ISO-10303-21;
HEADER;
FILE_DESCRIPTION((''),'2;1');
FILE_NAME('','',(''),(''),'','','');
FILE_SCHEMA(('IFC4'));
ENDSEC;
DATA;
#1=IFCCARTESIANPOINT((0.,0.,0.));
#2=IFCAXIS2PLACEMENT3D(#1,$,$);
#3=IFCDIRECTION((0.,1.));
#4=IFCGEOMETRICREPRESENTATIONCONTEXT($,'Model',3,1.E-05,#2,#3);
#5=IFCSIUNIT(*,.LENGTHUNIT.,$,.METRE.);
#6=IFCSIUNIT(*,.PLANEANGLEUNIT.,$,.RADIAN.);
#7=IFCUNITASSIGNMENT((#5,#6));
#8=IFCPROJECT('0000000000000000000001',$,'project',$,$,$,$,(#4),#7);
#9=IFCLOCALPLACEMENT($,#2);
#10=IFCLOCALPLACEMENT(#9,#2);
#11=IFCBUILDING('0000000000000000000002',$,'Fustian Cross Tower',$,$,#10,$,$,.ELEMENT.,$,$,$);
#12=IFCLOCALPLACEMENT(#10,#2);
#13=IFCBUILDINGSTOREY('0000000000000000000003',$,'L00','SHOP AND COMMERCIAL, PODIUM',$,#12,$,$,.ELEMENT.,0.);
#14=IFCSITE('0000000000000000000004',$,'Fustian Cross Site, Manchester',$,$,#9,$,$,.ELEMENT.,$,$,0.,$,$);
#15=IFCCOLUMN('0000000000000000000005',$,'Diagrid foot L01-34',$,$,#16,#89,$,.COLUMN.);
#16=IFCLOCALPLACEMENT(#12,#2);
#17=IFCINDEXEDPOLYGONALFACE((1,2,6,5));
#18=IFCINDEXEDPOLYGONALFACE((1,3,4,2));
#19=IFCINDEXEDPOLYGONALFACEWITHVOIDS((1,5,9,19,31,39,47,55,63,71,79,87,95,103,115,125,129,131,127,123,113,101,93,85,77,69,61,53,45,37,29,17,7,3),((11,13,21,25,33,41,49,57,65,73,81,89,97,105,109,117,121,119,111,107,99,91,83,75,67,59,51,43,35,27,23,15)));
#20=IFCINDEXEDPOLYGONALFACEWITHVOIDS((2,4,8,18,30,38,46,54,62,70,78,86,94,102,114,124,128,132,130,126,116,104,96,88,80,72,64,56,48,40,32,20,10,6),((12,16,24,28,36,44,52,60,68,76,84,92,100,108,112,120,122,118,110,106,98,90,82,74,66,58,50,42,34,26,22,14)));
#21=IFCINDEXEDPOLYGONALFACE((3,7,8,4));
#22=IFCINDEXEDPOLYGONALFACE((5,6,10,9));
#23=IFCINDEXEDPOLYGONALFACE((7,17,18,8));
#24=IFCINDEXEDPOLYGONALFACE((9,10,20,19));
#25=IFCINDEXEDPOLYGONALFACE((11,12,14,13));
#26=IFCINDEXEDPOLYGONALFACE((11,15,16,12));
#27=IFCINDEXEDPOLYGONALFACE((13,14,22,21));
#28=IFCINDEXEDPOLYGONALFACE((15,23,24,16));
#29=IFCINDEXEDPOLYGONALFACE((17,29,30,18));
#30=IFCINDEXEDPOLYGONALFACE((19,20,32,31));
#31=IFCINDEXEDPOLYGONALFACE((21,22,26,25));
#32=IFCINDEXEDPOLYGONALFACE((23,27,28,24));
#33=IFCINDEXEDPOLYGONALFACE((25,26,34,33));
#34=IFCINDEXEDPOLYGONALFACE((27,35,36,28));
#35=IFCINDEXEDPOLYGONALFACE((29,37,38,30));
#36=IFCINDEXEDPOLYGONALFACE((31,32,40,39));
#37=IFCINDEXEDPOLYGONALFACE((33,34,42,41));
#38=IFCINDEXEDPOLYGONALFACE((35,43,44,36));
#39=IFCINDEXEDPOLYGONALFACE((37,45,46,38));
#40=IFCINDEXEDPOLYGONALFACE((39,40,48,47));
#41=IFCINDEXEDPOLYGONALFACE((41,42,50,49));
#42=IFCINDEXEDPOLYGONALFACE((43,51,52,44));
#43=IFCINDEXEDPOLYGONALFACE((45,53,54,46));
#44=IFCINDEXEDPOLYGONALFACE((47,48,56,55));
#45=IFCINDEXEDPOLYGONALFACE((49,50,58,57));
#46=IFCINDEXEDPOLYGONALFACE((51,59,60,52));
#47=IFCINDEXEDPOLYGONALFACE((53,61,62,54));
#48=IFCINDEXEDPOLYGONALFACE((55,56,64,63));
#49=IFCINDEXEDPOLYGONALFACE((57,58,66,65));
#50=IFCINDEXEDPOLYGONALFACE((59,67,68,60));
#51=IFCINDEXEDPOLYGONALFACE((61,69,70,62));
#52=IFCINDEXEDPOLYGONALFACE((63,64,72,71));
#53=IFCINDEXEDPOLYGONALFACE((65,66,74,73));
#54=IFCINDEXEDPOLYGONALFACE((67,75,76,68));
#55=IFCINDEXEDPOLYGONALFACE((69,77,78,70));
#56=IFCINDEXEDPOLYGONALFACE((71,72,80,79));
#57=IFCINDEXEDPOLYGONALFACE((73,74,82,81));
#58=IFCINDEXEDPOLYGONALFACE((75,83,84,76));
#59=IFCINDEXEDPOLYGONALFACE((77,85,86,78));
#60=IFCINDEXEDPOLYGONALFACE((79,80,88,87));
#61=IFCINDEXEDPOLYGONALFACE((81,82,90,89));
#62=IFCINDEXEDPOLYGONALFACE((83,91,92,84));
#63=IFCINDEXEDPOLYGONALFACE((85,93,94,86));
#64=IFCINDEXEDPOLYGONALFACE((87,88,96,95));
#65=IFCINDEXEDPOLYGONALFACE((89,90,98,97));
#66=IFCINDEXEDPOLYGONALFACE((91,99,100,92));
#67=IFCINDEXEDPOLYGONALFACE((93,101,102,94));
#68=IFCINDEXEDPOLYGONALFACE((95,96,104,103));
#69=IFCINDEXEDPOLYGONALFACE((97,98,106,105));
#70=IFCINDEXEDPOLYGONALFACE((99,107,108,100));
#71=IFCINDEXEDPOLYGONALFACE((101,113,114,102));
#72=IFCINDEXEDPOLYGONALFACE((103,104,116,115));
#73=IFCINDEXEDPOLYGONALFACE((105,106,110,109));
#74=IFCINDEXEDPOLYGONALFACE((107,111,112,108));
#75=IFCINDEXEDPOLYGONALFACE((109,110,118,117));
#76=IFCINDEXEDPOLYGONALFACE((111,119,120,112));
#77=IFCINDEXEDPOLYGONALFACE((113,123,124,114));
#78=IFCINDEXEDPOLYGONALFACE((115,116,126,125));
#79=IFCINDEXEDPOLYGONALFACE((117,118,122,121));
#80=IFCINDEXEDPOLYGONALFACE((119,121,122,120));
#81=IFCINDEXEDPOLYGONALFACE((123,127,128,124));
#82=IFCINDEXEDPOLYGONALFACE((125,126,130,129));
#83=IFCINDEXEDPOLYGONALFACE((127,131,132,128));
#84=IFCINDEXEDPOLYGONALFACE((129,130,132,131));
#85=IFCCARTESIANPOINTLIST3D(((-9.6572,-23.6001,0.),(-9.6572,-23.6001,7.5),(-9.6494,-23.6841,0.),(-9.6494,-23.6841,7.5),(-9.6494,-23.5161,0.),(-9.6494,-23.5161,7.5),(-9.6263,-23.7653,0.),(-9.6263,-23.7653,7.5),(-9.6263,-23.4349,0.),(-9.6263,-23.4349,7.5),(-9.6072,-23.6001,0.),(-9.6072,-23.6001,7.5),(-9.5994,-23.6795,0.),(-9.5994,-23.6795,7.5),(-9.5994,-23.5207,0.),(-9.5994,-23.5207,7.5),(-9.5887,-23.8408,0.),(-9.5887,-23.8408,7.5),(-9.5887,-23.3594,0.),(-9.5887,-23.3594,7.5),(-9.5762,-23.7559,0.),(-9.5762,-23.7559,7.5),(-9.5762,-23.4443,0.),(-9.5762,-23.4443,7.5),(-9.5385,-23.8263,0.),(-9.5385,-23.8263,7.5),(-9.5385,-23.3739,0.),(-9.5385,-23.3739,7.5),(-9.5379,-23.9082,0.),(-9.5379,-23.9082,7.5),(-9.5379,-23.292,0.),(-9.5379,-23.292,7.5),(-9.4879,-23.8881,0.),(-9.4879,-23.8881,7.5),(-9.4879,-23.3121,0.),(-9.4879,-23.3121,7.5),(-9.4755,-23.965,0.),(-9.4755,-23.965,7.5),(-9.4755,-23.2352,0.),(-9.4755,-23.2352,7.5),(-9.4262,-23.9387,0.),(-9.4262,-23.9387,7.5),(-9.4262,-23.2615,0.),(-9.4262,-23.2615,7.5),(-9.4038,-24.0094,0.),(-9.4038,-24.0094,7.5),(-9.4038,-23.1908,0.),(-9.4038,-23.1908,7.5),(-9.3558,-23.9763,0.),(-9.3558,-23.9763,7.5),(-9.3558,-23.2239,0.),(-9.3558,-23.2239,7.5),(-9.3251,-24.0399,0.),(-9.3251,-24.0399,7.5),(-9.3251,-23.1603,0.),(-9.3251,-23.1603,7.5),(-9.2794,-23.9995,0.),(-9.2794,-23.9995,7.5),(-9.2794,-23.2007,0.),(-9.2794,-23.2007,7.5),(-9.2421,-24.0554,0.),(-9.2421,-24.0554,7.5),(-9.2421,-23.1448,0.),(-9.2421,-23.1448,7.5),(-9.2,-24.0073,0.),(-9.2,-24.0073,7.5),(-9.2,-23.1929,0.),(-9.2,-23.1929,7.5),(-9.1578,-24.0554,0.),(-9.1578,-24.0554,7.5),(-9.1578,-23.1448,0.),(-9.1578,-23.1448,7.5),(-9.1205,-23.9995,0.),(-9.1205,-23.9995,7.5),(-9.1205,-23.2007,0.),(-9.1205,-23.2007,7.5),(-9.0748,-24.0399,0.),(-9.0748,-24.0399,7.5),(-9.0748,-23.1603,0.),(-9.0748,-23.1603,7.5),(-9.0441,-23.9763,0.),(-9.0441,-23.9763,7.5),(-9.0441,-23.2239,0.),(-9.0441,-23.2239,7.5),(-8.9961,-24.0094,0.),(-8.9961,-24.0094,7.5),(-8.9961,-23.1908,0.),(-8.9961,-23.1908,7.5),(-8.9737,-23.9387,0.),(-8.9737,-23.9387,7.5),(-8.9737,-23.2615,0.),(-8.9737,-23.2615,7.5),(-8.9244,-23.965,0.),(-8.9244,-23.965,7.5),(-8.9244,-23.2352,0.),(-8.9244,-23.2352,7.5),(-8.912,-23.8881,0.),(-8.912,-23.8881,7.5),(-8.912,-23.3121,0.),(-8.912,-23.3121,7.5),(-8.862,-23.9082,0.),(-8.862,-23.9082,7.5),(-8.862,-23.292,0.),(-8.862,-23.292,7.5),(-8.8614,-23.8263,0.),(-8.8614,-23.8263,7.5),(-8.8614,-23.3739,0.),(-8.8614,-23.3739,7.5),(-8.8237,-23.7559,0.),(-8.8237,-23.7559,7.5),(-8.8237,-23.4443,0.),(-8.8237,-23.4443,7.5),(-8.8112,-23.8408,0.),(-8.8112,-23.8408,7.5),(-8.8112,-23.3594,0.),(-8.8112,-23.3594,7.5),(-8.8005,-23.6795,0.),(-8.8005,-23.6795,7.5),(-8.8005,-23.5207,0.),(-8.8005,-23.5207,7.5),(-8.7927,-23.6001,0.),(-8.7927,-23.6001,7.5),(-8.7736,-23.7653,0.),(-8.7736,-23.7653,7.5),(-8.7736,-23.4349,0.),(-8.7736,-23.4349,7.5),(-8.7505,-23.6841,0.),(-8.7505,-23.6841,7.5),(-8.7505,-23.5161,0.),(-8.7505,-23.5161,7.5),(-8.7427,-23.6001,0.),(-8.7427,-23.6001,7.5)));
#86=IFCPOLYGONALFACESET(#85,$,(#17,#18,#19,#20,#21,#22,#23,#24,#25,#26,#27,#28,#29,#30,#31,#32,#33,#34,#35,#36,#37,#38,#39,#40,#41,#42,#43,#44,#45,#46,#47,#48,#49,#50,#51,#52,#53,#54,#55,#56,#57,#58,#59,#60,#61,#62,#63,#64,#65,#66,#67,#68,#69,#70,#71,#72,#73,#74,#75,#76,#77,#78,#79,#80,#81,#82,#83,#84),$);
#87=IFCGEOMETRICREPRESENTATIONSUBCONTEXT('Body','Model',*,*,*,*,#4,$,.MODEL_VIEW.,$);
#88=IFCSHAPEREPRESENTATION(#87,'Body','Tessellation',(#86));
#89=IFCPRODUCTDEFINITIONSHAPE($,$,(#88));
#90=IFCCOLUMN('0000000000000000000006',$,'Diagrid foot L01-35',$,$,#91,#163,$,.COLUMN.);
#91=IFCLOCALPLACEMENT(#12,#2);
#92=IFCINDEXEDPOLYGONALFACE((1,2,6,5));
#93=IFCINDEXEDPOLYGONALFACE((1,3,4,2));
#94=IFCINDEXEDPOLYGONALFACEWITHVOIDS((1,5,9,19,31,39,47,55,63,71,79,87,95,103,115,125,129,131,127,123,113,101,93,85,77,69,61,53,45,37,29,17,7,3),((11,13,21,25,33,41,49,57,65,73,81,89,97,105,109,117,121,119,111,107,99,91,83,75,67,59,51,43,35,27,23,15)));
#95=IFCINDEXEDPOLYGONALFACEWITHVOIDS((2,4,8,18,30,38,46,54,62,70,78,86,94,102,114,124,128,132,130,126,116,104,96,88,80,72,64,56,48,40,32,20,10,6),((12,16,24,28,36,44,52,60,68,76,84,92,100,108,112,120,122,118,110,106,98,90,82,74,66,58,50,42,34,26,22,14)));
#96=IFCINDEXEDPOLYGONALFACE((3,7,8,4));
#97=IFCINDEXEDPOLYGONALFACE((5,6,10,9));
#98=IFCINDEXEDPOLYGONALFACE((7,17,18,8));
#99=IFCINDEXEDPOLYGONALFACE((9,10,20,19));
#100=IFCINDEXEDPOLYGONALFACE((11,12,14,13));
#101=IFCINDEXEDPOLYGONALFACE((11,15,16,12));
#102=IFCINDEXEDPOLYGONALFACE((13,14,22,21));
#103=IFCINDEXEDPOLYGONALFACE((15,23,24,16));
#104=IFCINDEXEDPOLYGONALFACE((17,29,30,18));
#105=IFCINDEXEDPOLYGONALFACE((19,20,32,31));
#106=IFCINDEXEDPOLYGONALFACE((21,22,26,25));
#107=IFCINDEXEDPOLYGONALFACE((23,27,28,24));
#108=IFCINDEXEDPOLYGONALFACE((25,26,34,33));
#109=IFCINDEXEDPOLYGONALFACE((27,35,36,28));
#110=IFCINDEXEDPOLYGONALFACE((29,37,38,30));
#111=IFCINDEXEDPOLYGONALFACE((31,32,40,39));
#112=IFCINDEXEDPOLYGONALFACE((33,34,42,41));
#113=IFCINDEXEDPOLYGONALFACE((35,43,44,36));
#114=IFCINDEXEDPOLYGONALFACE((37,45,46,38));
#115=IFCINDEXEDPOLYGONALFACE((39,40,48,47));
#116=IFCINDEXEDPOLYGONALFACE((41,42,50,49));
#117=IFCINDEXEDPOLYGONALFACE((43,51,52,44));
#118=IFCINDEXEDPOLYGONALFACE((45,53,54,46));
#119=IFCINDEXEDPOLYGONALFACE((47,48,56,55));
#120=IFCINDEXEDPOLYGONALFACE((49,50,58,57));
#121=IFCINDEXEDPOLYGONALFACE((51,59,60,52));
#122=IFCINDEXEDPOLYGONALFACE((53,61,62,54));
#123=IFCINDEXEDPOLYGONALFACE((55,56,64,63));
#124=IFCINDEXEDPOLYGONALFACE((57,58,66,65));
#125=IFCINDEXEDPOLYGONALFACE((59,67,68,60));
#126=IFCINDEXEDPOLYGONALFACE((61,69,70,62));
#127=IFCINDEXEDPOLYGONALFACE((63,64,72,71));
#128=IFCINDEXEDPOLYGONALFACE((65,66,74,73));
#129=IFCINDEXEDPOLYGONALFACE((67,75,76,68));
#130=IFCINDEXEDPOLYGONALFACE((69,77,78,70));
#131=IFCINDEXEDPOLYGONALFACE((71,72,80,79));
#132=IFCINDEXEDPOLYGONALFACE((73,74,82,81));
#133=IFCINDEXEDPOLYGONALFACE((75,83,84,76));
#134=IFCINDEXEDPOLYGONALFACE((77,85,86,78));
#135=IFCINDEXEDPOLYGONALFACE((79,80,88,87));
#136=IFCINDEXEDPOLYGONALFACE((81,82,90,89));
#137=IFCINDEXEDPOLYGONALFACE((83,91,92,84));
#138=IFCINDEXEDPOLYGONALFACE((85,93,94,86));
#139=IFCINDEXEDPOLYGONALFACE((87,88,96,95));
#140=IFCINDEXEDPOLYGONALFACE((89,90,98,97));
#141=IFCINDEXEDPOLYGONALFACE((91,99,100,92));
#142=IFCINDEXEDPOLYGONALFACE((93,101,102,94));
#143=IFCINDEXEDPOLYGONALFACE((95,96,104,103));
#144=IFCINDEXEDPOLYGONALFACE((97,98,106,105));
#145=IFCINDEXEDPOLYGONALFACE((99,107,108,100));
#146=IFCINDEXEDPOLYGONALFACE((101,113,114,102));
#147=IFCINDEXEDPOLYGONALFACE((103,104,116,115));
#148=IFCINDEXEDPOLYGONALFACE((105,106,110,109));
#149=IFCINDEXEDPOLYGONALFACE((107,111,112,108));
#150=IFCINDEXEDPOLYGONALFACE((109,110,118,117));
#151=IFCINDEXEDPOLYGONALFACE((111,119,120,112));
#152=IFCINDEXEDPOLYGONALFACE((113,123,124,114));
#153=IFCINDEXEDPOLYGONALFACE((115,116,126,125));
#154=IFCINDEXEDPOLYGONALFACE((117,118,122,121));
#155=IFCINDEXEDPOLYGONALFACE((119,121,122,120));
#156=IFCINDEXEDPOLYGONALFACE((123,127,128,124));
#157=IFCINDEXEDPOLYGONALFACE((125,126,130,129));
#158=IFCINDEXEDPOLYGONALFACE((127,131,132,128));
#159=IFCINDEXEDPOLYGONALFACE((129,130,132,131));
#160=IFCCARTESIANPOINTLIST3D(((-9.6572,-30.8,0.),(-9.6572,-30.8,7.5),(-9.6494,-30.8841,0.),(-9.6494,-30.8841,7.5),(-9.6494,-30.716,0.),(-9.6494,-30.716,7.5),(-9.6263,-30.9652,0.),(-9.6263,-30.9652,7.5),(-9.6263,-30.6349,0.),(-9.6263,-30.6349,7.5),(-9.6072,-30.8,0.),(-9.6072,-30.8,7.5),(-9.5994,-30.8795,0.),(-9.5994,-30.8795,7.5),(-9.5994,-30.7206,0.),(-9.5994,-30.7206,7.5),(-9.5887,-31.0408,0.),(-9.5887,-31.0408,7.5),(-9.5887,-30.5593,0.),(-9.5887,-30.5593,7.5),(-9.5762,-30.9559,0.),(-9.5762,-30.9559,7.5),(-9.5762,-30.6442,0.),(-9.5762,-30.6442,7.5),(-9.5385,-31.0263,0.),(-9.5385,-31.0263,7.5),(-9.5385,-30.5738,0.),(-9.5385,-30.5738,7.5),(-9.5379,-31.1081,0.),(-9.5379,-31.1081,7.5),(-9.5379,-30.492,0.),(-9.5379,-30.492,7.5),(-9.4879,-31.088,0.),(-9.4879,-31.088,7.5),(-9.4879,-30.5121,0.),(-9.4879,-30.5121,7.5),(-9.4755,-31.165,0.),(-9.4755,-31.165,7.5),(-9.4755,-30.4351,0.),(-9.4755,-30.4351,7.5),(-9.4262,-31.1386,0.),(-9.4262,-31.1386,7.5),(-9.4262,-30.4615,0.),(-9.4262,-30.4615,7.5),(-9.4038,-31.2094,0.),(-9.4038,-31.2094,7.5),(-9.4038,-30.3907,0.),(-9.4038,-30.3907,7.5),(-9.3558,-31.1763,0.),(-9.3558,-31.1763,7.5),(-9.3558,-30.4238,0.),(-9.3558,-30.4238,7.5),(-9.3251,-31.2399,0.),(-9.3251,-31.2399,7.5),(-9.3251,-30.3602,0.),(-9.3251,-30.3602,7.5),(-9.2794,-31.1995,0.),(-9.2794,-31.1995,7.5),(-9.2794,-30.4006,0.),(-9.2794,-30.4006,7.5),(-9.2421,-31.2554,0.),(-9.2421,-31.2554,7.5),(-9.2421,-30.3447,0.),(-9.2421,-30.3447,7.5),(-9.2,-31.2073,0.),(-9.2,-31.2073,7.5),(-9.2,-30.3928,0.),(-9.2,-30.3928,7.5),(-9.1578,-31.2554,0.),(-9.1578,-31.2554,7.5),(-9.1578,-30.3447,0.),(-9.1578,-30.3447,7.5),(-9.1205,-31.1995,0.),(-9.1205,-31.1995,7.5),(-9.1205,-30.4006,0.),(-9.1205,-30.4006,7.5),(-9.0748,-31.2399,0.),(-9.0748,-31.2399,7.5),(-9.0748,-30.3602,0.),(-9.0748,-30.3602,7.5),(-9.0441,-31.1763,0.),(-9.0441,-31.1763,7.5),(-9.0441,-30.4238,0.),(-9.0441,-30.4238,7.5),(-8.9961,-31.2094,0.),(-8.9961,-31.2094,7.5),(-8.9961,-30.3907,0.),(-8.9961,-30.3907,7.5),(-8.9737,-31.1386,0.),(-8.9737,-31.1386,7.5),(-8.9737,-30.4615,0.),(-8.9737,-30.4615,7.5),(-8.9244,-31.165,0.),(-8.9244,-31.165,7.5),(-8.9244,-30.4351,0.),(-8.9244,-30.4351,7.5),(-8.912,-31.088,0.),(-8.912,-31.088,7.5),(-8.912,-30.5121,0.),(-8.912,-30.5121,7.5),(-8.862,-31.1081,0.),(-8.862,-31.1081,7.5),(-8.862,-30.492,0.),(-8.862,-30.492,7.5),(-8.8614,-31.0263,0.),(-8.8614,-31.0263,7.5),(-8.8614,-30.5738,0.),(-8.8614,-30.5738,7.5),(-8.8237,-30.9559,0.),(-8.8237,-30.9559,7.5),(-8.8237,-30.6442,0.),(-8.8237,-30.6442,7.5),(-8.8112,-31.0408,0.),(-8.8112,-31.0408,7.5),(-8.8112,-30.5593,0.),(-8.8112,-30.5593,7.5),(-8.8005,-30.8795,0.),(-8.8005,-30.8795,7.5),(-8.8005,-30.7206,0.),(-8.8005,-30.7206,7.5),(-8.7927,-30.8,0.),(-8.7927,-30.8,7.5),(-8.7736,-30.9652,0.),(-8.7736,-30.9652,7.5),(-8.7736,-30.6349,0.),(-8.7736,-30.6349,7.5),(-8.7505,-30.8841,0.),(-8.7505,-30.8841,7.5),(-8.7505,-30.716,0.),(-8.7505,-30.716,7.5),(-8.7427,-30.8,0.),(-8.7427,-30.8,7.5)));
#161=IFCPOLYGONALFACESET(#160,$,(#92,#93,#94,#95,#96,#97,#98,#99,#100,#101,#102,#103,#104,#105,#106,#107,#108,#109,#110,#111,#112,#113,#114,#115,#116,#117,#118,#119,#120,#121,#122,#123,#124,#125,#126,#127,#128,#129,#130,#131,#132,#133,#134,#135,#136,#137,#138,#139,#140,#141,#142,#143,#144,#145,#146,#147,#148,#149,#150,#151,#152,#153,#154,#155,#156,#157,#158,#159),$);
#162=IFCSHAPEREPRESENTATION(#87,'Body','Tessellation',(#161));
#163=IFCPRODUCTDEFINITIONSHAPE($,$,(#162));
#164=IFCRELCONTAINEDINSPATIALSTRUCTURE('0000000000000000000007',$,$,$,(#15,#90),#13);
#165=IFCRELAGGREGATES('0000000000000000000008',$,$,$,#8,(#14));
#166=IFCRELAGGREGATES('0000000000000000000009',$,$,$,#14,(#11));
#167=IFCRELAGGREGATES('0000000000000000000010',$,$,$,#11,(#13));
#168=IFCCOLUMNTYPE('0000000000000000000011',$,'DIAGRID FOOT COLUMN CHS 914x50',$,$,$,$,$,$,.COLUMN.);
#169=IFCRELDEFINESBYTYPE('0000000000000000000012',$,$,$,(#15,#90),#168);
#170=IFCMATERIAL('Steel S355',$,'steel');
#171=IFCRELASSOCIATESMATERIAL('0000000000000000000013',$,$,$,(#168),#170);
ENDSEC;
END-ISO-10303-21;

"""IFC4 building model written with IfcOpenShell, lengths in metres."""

from ifc_helpers import new_model, si_unit, direction, frame, origin, origin_2d, place, context, subcontext, project, spatial, hollow_circle, extrude, material, material_profile, profile_set, type_object, element, save


model = new_model("IFC4")

# Units and contexts
model_context = context("Model", 3, precision=1e-05, world=origin(), true_north=direction((0.0, 1.0)))
body_context = subcontext(model_context, "Body", "Model", "MODEL_VIEW")
ifc_project = project(units=[si_unit("LENGTHUNIT", "METRE"), si_unit("PLANEANGLEUNIT", "RADIAN")], contexts=[model_context])

# Site, building, storey
site_placement = place(None, origin())
site = spatial("IfcSite", under=ifc_project, at=site_placement, Name="Fustian Cross Site, Manchester", CompositionType="ELEMENT", RefElevation=0.0)
building_placement = place(site_placement, origin())
building = spatial("IfcBuilding", under=site, at=building_placement, Name="Fustian Cross Tower", CompositionType="ELEMENT")
storey_placement = place(building_placement, origin())
storey = spatial("IfcBuildingStorey", under=building, at=storey_placement, Name="L00", Description="SHOP AND COMMERCIAL, PODIUM", CompositionType="ELEMENT", Elevation=0.0)

# Columns
ifc_material_1 = material(Name="Steel S355", Category="steel")
ifc_material_profile_1 = material_profile(ifc_material_1, hollow_circle(Radius=0.4573, WallThickness=0.05, at=origin_2d()), Name="CHS 914x50")
ifc_profile_set_1 = profile_set([ifc_material_profile_1], Name="Steel S355")
column_type_1 = type_object("IfcColumnType", Name="DIAGRID FOOT COLUMN CHS 914x50", PredefinedType="COLUMN", material=ifc_profile_set_1)
for number, where, z_axis, x_axis, name in (
    (1, (-9.2, -23.6001, 0.0), (0.0, 0.0, 1.0), (1.0, 0.0, 0.0), "Diagrid foot L01-34"),
    (2, (-9.2, -30.8, 0.0), (0.0, 0.0, 1.0), (1.0, 0.0, 0.0), "Diagrid foot L01-35"),
):
    element("IfcColumn", number, at=place(storey_placement, frame(where, z_axis=z_axis, x_axis=x_axis)), inside=storey, type_object=column_type_1, Name=name, PredefinedType="COLUMN", context=body_context, shape_type="SweptSolid", body=[
        extrude(hollow_circle(Radius=0.4573, WallThickness=0.05, at=origin_2d()), origin(), (0.0, 0.0, 1.0), 7.5),
    ])

save(model, "model.ifc")
